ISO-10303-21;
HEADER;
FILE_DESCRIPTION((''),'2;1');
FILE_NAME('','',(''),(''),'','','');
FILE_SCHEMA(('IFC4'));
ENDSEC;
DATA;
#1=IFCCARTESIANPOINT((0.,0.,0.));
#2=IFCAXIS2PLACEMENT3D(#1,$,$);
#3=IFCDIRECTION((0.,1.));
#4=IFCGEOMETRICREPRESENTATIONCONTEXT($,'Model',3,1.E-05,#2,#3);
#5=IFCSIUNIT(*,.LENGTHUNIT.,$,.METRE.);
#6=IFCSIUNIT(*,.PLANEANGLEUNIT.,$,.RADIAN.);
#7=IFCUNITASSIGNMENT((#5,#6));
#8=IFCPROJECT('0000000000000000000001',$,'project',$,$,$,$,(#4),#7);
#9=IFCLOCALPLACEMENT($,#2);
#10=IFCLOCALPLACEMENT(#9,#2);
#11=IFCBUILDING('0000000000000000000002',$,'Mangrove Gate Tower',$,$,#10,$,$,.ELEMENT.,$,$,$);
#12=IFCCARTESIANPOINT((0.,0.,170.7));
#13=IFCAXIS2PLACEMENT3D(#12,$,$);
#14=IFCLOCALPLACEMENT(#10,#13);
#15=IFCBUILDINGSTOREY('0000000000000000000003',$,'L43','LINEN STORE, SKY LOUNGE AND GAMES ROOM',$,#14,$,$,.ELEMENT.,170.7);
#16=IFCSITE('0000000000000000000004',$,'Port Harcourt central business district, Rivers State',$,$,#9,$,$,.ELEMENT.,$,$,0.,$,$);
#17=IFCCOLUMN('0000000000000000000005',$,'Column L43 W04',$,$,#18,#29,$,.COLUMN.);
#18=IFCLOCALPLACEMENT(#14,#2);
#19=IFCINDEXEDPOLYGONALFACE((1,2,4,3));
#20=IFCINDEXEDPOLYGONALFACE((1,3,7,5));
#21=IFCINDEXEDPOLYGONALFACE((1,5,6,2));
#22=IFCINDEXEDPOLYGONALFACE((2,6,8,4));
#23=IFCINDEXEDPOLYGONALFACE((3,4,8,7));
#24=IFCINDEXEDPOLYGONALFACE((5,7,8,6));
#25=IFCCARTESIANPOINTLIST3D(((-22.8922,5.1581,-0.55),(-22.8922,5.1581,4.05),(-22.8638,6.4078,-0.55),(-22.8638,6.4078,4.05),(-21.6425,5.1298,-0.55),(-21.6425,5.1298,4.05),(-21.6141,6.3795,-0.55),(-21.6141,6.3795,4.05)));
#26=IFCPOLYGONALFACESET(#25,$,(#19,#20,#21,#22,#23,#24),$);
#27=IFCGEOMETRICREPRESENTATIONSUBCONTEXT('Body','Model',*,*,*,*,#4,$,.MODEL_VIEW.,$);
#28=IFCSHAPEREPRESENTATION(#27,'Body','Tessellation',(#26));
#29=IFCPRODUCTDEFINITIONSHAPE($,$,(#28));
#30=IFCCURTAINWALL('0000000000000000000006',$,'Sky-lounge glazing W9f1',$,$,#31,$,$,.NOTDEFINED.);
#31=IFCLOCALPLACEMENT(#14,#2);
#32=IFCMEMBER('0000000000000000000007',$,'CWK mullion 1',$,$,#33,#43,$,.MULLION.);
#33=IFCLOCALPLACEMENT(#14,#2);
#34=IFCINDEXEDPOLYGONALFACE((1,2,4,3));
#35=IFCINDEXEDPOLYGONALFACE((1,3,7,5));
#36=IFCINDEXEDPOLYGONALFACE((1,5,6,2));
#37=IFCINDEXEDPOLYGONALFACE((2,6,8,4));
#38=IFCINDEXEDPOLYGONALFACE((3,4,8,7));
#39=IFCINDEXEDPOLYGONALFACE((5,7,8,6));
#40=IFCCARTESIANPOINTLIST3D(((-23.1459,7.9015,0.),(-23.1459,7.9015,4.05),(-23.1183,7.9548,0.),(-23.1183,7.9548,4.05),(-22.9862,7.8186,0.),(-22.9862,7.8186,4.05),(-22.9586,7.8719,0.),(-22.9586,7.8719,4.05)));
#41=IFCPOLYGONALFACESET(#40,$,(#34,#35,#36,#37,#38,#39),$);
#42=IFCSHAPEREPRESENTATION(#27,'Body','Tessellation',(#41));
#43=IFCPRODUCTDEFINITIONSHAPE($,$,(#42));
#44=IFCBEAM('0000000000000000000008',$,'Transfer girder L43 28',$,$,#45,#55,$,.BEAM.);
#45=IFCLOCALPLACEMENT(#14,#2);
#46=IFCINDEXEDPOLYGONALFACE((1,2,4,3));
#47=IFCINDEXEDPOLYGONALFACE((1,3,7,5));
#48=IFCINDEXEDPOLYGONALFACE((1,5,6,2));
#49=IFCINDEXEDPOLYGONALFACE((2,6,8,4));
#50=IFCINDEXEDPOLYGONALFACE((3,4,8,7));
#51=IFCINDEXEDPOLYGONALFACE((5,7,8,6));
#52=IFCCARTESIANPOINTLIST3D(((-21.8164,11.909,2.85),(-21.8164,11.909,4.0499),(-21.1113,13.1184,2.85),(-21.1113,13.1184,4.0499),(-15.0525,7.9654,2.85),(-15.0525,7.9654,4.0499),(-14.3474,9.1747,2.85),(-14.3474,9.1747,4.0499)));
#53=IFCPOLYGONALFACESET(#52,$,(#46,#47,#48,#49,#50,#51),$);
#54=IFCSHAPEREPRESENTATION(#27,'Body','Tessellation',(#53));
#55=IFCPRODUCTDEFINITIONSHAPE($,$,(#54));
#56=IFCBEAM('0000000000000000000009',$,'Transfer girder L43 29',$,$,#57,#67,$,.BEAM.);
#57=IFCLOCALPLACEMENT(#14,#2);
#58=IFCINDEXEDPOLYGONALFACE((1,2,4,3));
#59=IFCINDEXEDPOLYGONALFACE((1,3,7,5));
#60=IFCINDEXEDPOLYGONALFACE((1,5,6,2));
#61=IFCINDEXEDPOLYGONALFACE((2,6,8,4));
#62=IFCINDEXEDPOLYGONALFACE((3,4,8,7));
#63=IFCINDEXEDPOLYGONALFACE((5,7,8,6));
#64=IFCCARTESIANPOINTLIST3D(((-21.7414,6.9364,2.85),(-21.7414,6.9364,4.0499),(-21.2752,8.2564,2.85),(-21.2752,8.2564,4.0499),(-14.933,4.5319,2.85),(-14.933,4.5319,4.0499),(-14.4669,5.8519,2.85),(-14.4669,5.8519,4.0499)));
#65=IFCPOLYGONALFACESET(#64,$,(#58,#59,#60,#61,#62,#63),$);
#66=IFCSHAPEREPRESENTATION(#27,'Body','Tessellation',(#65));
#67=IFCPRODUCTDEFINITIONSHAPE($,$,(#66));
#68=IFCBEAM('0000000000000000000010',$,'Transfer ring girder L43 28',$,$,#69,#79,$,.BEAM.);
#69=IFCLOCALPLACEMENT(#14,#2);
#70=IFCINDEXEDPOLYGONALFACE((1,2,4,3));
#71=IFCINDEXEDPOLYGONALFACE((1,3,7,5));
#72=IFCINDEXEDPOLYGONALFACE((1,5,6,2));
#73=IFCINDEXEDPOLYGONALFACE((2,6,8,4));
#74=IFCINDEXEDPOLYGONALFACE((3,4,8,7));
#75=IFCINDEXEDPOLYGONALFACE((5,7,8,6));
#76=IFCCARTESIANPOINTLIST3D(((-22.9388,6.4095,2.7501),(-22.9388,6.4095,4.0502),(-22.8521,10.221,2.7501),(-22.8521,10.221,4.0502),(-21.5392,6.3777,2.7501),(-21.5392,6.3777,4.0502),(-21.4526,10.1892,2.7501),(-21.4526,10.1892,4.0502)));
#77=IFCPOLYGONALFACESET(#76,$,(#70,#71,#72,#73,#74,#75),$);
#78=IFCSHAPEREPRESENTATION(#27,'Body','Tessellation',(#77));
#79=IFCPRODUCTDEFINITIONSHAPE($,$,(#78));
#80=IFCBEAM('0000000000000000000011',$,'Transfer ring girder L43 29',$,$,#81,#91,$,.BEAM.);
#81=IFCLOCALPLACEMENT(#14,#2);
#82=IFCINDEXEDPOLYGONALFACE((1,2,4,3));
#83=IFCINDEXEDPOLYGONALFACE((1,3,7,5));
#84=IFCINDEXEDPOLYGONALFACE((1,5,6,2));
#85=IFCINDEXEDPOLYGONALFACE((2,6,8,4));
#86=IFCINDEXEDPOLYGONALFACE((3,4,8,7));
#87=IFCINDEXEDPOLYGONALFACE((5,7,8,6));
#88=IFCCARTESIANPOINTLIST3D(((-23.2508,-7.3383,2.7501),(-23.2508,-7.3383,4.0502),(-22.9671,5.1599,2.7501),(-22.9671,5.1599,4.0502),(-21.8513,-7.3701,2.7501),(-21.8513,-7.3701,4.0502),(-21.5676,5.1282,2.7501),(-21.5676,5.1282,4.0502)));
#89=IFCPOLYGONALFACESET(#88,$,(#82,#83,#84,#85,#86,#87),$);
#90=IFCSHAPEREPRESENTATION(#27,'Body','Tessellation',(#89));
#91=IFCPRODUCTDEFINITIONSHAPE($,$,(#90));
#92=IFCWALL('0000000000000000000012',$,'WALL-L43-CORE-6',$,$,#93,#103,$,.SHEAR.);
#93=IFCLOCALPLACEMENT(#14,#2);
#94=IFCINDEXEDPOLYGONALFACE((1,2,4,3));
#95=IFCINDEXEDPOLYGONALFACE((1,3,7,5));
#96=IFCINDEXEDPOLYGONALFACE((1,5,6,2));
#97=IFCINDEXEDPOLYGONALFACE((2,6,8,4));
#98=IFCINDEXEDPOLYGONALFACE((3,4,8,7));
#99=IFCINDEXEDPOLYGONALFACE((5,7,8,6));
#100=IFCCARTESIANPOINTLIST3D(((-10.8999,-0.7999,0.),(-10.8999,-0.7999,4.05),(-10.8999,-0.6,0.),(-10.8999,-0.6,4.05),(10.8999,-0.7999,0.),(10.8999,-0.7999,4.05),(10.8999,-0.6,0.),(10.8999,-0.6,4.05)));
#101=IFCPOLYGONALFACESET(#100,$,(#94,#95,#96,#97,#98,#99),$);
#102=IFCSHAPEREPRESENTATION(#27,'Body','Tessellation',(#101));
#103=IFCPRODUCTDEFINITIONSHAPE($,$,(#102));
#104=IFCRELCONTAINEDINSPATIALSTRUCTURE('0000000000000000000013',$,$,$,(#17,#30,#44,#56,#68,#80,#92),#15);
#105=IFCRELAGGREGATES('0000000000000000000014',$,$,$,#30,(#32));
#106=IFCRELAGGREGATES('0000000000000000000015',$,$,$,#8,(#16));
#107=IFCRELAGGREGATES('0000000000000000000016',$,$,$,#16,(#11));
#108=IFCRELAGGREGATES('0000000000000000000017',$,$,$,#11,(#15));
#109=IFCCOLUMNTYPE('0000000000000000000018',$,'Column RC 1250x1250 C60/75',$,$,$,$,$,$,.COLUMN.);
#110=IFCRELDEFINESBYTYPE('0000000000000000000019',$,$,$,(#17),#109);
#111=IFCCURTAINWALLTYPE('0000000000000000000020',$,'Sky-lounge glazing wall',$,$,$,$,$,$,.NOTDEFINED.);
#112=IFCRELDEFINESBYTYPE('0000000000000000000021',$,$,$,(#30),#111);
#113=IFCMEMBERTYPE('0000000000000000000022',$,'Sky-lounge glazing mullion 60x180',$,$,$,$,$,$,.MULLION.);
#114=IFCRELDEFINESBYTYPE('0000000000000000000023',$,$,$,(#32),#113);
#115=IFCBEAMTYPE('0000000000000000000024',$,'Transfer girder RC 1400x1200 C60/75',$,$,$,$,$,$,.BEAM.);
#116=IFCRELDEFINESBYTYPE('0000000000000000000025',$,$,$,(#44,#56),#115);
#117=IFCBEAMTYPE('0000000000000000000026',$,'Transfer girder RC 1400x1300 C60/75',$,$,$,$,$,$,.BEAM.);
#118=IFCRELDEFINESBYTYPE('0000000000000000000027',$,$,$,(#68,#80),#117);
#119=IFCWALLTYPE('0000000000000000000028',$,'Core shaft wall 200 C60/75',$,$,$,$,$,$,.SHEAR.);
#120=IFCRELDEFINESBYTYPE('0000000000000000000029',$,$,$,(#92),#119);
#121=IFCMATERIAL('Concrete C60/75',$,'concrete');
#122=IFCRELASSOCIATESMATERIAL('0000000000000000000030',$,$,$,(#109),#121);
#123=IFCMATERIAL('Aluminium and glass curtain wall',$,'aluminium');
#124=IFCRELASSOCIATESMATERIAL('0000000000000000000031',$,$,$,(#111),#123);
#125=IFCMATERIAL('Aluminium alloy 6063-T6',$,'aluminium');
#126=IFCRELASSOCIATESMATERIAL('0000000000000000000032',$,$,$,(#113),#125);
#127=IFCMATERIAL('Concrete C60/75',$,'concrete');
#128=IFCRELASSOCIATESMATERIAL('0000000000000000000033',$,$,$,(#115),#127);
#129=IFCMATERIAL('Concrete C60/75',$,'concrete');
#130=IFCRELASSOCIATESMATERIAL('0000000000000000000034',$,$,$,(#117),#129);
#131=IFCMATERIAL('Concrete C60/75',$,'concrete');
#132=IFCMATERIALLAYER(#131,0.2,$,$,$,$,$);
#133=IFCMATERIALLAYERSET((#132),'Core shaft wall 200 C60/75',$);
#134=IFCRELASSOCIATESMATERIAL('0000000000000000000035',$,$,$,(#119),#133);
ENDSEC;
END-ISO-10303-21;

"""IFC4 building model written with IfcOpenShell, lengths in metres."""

from ifc_helpers import new_model, si_unit, direction, frame, frame_2d, origin, origin_2d, place, context, subcontext, project, spatial, rectangle, extrude, material, layer, layer_set, material_profile, profile_set, type_object, element, aggregate, save


model = new_model("IFC4")

# Units and contexts
model_context = context("Model", 3, precision=1e-05, world=origin(), true_north=direction((0.0, 1.0)))
body_context = subcontext(model_context, "Body", "Model", "MODEL_VIEW")
ifc_project = project(units=[si_unit("LENGTHUNIT", "METRE"), si_unit("PLANEANGLEUNIT", "RADIAN")], contexts=[model_context])

# Site, building, storey
site_placement = place(None, origin())
site = spatial("IfcSite", under=ifc_project, at=site_placement, Name="Port Harcourt central business district, Rivers State", CompositionType="ELEMENT", RefElevation=0.0)
building_placement = place(site_placement, origin())
building = spatial("IfcBuilding", under=site, at=building_placement, Name="Mangrove Gate Tower", CompositionType="ELEMENT")
storey_placement = place(building_placement, frame((0.0, 0.0, 170.7)))
storey = spatial("IfcBuildingStorey", under=building, at=storey_placement, Name="L43", Description="LINEN STORE, SKY LOUNGE AND GAMES ROOM", CompositionType="ELEMENT", Elevation=170.7)

# Column
ifc_material_1 = material(Name="Concrete C60/75", Category="concrete")
ifc_material_profile_1 = material_profile(ifc_material_1, rectangle(XDim=1.25, YDim=1.25, at=origin_2d()))
ifc_profile_set_1 = profile_set([ifc_material_profile_1], Name="Concrete C60/75")
column_type = type_object("IfcColumnType", Name="Column RC 1250x1250 C60/75", PredefinedType="COLUMN", material=ifc_profile_set_1)
column_placement = place(storey_placement, frame((-22.2532, 5.7688, -0.55), z_axis=(0.0, 0.0, 1.0), x_axis=(-0.022696, -0.999742, 0.0)))
element("IfcColumn", 1, at=column_placement, inside=storey, type_object=column_type, Name="Column L43 W04", PredefinedType="COLUMN", context=body_context, shape_type="SweptSolid", body=[
    extrude(rectangle(XDim=1.25, YDim=1.25, at=origin_2d()), origin(), (0.0, 0.0, 1.0), 4.6001),
])

# Curtain wall, member
ifc_material_2 = material(Name="Aluminium and glass curtain wall", Category="aluminium")
curtain_wall_type = type_object("IfcCurtainWallType", Name="Sky-lounge glazing wall", PredefinedType="NOTDEFINED", material=ifc_material_2)
curtain_wall_placement = place(storey_placement, origin())
curtain_wall = element("IfcCurtainWall", 2, at=curtain_wall_placement, inside=storey, type_object=curtain_wall_type, Name="Sky-lounge glazing W9f1", PredefinedType="NOTDEFINED")
ifc_material_3 = material(Name="Aluminium alloy 6063-T6", Category="aluminium")
ifc_material_profile_2 = material_profile(ifc_material_3, rectangle(XDim=0.0601, YDim=0.1799, at=origin_2d()))
ifc_profile_set_2 = profile_set([ifc_material_profile_2], Name="Aluminium alloy 6063-T6")
member_type = type_object("IfcMemberType", Name="Sky-lounge glazing mullion 60x180", PredefinedType="MULLION", material=ifc_profile_set_2)
member_placement = place(storey_placement, frame((-23.0522, 7.8867, 0.0), z_axis=(0.0, 0.0, 1.0), x_axis=(-0.460628, -0.887593, 0.0)))
member = element("IfcMember", 3, at=member_placement, type_object=member_type, Name="CWK mullion 1", PredefinedType="MULLION", context=body_context, shape_type="SweptSolid", body=[
    extrude(rectangle(XDim=0.0601, YDim=0.1799, at=origin_2d()), origin(), (0.0, 0.0, 1.0), 4.05),
])
aggregate(curtain_wall, [member])

# Beams
ifc_material_4 = material(Name="Concrete C60/75", Category="concrete")
ifc_material_profile_3 = material_profile(ifc_material_4, rectangle(XDim=1.3999, YDim=1.2, at=origin_2d()))
ifc_profile_set_3 = profile_set([ifc_material_profile_3], Name="Concrete C60/75")
beam_type_1 = type_object("IfcBeamType", Name="Transfer girder RC 1400x1200 C60/75", PredefinedType="BEAM", material=ifc_profile_set_3)
beam_1_placement = place(storey_placement, frame((-14.7, 8.5701, 3.45), z_axis=(-0.863891, 0.503679, 0.0), x_axis=(-0.503679, -0.863891, 0.0)))
element("IfcBeam", 4, at=beam_1_placement, inside=storey, type_object=beam_type_1, Name="Transfer girder L43 28", PredefinedType="BEAM", context=body_context, shape_type="SweptSolid", body=[
    extrude(rectangle(XDim=1.3999, YDim=1.2, at=origin_2d()), origin(), (0.0, 0.0, 1.0), 7.8296),
])
beam_2_placement = place(storey_placement, frame((-14.7, 5.1919, 3.45), z_axis=(-0.942921, 0.333016, 0.0), x_axis=(-0.333016, -0.942921, 0.0)))
element("IfcBeam", 5, at=beam_2_placement, inside=storey, type_object=beam_type_1, Name="Transfer girder L43 29", PredefinedType="BEAM", context=body_context, shape_type="SweptSolid", body=[
    extrude(rectangle(XDim=1.3999, YDim=1.2, at=origin_2d()), origin(), (0.0, 0.0, 1.0), 7.2205),
])
ifc_material_5 = material(Name="Concrete C60/75", Category="concrete")
ifc_material_profile_4 = material_profile(ifc_material_5, rectangle(XDim=1.3999, YDim=1.3, at=origin_2d()))
ifc_profile_set_4 = profile_set([ifc_material_profile_4], Name="Concrete C60/75")
beam_type_2 = type_object("IfcBeamType", Name="Transfer girder RC 1400x1300 C60/75", PredefinedType="BEAM", material=ifc_profile_set_4)
beam_3_placement = place(storey_placement, frame((-22.1523, 10.2051, 3.4001), z_axis=(-0.022733, -0.999742, 0.0), x_axis=(0.999742, -0.022733, 0.0)))
element("IfcBeam", 6, at=beam_3_placement, inside=storey, type_object=beam_type_2, Name="Transfer ring girder L43 28", PredefinedType="BEAM", context=body_context, shape_type="SweptSolid", body=[
    extrude(rectangle(XDim=1.3999, YDim=1.3, at=origin_2d()), origin(), (0.0, 0.0, 1.0), 3.8125),
])
beam_4_placement = place(storey_placement, frame((-22.2673, 5.144, 3.4001), z_axis=(-0.022693, -0.999742, 0.0), x_axis=(0.999742, -0.022693, 0.0)))
element("IfcBeam", 7, at=beam_4_placement, inside=storey, type_object=beam_type_2, Name="Transfer ring girder L43 29", PredefinedType="BEAM", context=body_context, shape_type="SweptSolid", body=[
    extrude(rectangle(XDim=1.3999, YDim=1.3, at=origin_2d()), origin(), (0.0, 0.0, 1.0), 12.5015),
])

# Wall
ifc_material_6 = material(Name="Concrete C60/75", Category="concrete")
ifc_layer_1 = layer(ifc_material_6, 0.2)
ifc_layer_set_1 = layer_set([ifc_layer_1], Name="Core shaft wall 200 C60/75")
wall_type_1 = type_object("IfcWallType", Name="Core shaft wall 200 C60/75", PredefinedType="SHEAR", material=ifc_layer_set_1)
wall_1_placement = place(storey_placement, frame((-10.8999, -0.7, 0.0), z_axis=(0.0, 0.0, 1.0), x_axis=(1.0, 0.0, 0.0)))
element("IfcWall", 8, at=wall_1_placement, inside=storey, type_object=wall_type_1, Name="WALL-L43-CORE-6", PredefinedType="SHEAR", context=body_context, shape_type="SweptSolid", body=[
    extrude(rectangle(XDim=21.7998, YDim=0.2, at=frame_2d((10.8999, 0.0))), origin(), (0.0, 0.0, 1.0), 4.05),
])

save(model, "model.ifc")
